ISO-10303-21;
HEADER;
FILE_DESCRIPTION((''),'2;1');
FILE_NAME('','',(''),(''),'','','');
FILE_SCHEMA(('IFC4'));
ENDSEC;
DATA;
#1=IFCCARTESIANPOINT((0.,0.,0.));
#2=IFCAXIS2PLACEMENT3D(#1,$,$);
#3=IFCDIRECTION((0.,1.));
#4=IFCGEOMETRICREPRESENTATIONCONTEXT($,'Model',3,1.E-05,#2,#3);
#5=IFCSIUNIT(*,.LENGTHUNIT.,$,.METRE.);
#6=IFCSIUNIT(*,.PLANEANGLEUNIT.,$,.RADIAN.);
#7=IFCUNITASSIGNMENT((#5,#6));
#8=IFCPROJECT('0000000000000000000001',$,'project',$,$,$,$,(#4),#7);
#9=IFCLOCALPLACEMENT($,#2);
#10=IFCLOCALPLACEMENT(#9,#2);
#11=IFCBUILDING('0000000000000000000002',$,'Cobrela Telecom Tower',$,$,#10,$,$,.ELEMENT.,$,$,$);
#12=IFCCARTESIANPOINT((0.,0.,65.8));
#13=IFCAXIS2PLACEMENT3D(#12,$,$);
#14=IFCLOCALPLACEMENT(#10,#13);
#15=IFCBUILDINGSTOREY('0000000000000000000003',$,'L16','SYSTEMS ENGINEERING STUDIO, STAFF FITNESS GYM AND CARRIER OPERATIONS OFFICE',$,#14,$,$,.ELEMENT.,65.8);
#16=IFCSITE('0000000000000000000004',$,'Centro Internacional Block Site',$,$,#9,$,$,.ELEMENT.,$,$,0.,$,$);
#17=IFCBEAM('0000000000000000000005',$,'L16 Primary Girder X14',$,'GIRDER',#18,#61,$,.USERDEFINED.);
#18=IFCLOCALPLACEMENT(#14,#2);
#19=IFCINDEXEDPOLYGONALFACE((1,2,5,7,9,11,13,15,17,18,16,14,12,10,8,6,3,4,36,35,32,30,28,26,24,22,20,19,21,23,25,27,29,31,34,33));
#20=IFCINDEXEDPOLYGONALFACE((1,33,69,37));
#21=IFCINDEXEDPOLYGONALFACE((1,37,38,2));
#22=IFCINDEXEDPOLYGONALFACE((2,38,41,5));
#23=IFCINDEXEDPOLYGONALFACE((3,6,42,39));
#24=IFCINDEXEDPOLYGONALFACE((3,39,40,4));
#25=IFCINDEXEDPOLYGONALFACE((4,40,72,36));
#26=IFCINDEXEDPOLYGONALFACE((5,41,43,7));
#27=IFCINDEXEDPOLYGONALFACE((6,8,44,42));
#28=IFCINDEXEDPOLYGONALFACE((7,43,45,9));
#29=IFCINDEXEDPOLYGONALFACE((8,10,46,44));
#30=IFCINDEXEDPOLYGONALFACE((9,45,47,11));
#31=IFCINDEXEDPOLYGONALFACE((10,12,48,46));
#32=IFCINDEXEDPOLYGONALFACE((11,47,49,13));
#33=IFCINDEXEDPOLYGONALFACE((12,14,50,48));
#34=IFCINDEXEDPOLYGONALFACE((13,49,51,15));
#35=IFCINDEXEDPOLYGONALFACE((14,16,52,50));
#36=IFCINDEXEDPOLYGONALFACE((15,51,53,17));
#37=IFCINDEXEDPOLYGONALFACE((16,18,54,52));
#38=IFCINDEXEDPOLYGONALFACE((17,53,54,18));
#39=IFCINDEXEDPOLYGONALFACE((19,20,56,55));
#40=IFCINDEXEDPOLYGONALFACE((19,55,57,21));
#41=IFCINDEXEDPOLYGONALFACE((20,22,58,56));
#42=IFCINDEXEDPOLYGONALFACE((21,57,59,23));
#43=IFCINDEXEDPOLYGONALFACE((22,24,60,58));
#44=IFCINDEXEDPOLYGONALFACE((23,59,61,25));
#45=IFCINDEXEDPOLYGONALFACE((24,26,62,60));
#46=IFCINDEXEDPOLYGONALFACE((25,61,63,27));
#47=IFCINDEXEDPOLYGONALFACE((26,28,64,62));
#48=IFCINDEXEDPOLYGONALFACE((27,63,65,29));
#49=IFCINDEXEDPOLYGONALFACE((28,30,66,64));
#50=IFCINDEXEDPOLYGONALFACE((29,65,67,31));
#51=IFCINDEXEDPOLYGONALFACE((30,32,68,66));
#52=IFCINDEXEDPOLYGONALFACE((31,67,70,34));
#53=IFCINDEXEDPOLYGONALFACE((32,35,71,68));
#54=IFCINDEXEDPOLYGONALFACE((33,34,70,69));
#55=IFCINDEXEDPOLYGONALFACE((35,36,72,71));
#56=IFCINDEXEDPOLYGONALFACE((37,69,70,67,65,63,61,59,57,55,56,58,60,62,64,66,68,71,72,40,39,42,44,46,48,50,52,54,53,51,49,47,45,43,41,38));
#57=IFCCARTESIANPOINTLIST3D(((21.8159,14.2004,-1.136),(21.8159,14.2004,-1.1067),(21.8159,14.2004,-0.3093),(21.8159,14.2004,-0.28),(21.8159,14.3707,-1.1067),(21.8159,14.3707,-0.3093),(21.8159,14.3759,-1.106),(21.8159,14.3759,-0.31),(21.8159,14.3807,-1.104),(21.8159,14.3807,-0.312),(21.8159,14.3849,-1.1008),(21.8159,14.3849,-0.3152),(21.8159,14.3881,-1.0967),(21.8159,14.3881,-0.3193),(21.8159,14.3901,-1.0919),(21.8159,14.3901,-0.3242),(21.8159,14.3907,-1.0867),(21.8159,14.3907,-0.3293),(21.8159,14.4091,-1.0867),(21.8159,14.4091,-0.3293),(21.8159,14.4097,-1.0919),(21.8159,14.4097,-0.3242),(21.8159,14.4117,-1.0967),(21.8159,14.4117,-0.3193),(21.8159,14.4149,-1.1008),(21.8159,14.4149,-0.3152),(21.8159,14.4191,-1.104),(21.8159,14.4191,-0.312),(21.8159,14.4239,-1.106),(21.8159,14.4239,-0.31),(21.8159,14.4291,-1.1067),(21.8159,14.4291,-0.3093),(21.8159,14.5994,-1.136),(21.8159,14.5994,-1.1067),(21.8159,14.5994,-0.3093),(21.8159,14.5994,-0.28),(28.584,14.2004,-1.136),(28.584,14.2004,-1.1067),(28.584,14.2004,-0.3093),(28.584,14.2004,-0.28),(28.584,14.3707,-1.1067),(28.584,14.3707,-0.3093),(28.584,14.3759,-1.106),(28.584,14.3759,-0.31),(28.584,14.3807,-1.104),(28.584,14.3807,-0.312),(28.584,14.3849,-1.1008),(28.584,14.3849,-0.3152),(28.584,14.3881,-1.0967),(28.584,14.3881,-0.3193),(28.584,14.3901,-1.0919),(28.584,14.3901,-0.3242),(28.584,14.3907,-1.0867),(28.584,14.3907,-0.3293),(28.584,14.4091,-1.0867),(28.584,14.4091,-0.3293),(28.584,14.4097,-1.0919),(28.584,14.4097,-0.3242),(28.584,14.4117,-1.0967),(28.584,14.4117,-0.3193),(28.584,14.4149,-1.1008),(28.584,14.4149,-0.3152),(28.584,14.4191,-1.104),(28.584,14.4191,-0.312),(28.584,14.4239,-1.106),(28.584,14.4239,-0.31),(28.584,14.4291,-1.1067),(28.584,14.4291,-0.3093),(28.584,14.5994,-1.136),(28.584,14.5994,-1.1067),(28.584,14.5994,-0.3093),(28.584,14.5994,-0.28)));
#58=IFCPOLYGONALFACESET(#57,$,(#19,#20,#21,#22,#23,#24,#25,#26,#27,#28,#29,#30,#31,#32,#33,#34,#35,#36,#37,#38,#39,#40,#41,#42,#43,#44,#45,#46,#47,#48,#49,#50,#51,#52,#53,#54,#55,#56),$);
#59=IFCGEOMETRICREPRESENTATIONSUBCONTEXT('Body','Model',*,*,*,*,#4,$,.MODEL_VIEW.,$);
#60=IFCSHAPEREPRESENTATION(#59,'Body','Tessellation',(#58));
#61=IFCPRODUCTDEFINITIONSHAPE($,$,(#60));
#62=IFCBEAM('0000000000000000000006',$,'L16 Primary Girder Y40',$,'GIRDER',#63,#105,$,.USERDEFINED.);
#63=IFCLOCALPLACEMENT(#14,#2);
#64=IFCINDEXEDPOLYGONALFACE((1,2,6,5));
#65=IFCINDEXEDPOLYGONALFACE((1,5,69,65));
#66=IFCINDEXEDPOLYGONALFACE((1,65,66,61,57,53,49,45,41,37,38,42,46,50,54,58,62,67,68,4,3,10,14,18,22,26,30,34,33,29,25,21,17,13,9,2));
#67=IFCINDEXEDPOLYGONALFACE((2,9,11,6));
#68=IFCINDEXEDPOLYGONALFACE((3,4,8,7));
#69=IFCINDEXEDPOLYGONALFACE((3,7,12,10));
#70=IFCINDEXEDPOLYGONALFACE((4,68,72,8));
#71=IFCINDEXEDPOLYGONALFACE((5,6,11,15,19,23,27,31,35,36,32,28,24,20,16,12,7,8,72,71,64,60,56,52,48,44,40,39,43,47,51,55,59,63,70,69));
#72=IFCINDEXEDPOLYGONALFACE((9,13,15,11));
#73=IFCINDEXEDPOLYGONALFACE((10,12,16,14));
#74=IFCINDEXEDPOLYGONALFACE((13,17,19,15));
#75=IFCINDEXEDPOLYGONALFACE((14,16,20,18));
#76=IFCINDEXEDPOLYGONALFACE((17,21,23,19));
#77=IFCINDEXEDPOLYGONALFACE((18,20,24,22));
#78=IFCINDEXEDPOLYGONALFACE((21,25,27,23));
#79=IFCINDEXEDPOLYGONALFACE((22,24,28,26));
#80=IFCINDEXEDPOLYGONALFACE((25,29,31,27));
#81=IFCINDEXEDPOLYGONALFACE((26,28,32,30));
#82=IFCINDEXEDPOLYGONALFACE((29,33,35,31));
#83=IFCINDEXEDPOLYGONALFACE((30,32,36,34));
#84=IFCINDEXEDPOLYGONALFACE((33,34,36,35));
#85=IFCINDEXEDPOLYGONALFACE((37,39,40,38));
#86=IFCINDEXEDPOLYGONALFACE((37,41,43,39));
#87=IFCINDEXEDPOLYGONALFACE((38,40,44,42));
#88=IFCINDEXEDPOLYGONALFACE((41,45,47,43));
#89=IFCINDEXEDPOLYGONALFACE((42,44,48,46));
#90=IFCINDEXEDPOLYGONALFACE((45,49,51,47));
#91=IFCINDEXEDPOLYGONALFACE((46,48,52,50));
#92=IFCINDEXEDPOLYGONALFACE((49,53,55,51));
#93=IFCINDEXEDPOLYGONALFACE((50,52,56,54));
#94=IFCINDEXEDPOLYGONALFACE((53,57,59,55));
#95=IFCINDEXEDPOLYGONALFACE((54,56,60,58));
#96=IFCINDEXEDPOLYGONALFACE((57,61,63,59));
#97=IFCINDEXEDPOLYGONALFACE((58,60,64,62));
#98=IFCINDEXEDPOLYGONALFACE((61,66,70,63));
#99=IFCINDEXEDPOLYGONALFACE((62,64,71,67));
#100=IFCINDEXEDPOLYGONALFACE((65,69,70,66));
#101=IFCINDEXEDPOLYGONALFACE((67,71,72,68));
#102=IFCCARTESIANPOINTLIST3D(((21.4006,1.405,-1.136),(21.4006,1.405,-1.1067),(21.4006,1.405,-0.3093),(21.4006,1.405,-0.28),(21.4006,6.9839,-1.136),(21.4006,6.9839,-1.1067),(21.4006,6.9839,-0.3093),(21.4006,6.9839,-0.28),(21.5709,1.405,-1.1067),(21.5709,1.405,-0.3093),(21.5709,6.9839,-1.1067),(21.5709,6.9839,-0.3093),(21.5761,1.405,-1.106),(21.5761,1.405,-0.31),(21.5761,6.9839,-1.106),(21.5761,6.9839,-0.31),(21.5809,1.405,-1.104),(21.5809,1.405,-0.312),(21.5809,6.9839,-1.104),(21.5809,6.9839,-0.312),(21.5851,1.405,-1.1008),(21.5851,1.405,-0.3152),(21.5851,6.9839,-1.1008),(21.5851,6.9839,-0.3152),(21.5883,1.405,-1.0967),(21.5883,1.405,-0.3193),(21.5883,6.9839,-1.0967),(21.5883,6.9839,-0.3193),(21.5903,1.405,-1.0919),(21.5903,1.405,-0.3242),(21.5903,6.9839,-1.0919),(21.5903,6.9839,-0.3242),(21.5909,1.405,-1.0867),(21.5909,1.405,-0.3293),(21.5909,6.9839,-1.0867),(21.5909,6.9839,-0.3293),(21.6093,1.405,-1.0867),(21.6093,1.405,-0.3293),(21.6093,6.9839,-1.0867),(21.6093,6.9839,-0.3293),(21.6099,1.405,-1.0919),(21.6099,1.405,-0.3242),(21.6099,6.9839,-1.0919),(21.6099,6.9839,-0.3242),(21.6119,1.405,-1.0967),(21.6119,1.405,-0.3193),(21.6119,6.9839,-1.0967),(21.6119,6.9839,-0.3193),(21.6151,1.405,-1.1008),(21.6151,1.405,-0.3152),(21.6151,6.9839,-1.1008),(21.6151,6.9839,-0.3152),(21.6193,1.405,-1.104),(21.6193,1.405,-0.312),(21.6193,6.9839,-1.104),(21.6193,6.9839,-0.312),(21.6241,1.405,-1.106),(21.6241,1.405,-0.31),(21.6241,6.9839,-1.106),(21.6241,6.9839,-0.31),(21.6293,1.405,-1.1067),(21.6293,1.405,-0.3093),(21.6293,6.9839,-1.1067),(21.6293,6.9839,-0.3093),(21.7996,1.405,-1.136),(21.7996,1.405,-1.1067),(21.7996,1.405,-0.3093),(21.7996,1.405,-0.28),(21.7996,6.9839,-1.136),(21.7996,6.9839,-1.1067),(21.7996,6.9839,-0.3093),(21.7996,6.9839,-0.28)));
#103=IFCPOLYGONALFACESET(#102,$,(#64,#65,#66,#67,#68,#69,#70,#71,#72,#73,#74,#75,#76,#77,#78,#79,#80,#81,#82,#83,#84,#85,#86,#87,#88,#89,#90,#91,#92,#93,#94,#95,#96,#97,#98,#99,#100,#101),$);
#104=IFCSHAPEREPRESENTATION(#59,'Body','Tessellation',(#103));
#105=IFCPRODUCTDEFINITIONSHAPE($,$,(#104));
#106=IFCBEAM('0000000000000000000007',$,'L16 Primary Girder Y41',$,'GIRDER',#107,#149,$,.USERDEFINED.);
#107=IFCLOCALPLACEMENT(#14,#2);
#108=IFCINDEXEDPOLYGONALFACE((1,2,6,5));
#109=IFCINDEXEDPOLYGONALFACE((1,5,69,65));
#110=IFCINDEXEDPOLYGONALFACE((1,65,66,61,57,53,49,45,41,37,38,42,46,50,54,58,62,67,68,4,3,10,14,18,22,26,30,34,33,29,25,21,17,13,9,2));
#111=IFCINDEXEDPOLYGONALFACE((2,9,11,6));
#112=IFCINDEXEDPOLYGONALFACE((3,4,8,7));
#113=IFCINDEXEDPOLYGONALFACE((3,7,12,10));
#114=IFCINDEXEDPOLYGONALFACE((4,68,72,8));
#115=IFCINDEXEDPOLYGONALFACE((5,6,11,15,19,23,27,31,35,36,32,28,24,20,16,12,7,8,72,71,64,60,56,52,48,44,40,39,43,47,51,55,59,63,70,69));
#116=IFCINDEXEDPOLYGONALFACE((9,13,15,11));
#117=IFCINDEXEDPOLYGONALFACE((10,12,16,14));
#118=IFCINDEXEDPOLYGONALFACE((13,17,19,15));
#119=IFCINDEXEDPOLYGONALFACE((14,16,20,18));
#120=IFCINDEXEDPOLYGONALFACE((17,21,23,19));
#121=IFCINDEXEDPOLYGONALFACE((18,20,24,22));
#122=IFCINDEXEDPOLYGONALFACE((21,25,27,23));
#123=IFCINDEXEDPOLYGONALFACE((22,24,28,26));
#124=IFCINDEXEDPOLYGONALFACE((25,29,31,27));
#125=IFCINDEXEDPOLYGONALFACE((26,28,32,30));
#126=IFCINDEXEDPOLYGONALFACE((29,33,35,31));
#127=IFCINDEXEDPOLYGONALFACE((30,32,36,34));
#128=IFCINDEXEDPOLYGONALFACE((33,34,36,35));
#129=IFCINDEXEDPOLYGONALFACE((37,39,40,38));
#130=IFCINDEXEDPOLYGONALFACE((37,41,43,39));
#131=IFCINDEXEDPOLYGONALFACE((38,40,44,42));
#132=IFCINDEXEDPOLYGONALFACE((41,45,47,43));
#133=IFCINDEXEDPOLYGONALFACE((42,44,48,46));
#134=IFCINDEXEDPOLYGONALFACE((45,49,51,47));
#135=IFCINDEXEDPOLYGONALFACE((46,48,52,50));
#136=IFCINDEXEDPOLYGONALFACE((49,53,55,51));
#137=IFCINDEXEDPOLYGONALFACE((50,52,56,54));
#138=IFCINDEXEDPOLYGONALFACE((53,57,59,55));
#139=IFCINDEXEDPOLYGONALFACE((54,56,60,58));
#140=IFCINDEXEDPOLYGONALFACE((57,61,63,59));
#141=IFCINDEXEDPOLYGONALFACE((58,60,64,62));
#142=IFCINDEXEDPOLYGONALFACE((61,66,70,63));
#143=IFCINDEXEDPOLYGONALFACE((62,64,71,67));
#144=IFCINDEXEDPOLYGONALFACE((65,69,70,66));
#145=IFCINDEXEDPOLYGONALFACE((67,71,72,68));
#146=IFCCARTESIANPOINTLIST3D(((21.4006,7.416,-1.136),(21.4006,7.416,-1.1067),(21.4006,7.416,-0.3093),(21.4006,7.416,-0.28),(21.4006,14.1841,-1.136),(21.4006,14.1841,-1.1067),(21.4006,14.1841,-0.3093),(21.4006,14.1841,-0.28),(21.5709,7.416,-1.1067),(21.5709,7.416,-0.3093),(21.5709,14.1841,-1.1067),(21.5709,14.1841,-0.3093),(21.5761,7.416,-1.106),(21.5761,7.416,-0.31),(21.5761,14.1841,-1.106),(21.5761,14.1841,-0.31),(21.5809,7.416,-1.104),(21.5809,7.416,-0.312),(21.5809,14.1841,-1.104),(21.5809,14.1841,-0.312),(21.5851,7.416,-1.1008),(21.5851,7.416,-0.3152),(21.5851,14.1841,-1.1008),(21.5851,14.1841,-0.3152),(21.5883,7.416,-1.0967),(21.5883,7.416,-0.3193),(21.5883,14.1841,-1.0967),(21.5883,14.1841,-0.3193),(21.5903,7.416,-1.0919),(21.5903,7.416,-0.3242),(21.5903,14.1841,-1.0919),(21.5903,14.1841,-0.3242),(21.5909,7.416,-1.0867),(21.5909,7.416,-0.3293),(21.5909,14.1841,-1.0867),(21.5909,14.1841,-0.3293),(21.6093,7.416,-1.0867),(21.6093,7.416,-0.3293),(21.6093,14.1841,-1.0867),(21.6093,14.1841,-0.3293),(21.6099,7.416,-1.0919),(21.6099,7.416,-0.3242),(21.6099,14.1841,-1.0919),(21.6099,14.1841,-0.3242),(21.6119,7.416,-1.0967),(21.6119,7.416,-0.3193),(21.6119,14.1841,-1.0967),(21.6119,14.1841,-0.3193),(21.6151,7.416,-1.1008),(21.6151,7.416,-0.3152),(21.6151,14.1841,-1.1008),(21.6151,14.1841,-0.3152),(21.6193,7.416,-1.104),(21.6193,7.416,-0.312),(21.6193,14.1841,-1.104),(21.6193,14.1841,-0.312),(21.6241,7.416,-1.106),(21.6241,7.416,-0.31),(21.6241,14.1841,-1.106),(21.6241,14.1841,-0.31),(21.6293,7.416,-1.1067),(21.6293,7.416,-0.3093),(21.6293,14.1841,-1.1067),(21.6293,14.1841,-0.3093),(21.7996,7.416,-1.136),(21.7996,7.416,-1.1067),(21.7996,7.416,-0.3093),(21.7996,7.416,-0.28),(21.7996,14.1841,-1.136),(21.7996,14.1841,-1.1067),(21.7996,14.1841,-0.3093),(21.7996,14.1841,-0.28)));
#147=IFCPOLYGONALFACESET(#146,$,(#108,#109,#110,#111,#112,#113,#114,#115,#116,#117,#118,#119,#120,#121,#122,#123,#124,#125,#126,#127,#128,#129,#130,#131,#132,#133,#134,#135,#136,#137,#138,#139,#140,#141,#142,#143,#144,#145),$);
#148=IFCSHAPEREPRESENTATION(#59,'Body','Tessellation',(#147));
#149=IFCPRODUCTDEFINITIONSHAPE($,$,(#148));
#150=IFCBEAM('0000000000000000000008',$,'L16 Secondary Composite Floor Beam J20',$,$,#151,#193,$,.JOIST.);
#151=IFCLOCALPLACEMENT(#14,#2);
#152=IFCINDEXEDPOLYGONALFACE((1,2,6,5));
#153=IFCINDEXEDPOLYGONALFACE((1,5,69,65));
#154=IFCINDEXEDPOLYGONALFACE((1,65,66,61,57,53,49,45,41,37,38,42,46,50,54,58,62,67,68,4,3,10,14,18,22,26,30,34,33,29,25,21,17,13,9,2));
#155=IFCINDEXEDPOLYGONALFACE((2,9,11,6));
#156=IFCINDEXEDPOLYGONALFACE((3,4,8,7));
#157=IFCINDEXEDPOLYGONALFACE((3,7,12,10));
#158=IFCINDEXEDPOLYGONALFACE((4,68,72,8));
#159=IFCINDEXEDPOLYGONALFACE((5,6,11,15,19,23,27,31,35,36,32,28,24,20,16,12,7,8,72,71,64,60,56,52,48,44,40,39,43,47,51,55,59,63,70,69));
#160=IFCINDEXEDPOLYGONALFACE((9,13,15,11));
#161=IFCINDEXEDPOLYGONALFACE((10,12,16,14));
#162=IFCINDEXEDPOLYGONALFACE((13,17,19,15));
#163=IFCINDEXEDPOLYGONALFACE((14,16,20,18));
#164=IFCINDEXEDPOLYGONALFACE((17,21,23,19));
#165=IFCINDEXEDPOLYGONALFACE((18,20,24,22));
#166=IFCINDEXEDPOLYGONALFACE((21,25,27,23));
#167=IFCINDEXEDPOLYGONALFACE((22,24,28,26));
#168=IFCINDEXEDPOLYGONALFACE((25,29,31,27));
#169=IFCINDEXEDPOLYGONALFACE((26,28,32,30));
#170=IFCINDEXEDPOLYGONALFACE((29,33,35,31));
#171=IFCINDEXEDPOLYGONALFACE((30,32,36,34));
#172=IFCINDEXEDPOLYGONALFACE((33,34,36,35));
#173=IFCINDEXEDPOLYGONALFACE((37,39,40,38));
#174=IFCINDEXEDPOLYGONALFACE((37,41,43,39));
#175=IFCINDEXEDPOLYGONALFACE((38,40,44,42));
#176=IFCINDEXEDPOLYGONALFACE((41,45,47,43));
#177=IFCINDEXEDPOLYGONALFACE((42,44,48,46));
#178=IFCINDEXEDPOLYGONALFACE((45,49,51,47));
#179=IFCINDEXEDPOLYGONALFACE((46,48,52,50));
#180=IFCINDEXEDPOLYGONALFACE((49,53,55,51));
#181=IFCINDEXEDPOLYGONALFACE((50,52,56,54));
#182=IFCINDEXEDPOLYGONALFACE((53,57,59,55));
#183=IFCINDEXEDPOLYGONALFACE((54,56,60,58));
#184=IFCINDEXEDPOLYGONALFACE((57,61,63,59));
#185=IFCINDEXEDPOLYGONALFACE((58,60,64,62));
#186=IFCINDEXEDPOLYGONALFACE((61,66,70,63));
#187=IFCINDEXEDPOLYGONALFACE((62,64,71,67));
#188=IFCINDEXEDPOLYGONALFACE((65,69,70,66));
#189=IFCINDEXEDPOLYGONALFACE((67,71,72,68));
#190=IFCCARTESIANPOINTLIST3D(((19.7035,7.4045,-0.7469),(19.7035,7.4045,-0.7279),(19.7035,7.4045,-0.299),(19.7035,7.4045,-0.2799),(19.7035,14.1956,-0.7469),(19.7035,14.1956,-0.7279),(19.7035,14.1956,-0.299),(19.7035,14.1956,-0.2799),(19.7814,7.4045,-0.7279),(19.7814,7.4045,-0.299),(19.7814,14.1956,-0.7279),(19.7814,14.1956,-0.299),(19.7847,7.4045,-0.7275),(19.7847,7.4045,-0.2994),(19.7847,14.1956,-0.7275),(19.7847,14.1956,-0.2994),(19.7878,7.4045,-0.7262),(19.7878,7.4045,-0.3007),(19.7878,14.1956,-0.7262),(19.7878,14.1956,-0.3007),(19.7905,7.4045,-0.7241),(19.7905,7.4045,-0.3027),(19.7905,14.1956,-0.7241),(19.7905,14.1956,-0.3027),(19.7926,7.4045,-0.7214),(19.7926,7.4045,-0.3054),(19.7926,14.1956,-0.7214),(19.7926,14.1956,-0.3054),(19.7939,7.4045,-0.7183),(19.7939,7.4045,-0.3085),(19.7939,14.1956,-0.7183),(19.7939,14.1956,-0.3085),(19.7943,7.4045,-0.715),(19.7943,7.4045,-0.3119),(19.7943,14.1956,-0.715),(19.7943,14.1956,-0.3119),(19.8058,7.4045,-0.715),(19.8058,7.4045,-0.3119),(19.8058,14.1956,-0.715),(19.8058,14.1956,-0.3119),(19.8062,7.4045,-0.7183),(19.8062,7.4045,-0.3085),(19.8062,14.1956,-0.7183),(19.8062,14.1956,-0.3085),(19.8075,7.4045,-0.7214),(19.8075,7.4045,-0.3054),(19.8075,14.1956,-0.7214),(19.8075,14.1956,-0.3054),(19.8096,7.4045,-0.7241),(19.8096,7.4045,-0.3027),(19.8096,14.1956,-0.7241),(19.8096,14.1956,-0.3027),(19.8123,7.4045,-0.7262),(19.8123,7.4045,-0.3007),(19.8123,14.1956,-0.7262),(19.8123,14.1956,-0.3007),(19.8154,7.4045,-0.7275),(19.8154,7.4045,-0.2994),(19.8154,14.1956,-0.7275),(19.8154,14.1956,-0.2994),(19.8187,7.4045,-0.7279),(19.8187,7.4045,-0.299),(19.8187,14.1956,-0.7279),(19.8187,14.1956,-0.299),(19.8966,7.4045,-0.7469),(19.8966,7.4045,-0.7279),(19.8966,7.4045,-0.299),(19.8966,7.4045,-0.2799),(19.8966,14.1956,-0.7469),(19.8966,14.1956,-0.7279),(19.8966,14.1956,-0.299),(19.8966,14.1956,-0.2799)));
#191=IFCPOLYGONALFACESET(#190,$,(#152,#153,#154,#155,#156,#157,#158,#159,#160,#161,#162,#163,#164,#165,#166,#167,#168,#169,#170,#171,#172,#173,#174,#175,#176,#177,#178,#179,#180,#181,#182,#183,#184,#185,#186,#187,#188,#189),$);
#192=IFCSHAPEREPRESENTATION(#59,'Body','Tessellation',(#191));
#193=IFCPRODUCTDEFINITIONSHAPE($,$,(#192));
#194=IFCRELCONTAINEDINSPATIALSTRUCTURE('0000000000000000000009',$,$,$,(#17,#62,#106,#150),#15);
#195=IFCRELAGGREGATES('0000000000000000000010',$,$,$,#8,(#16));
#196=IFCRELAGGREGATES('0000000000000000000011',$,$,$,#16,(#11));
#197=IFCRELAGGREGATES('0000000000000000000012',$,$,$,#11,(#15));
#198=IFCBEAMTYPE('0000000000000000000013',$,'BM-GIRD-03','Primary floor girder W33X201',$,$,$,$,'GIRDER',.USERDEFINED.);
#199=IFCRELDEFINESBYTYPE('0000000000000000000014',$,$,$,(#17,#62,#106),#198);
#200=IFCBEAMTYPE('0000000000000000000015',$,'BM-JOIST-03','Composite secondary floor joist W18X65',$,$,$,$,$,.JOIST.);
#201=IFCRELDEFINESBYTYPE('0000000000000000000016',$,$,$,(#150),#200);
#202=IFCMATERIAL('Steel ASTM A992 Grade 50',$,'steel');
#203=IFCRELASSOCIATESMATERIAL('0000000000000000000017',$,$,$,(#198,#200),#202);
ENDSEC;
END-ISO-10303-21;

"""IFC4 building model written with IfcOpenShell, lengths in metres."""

from ifc_helpers import new_model, si_unit, direction, frame, origin, origin_2d, place, context, subcontext, project, spatial, i_section, extrude, material, material_profile, profile_set, type_object, element, save


model = new_model("IFC4")

# Units and contexts
model_context = context("Model", 3, precision=1e-05, world=origin(), true_north=direction((0.0, 1.0)))
body_context = subcontext(model_context, "Body", "Model", "MODEL_VIEW")
ifc_project = project(units=[si_unit("LENGTHUNIT", "METRE"), si_unit("PLANEANGLEUNIT", "RADIAN")], contexts=[model_context])

# Site, building, storey
site_placement = place(None, origin())
site = spatial("IfcSite", under=ifc_project, at=site_placement, Name="Centro Internacional Block Site", CompositionType="ELEMENT", RefElevation=0.0)
building_placement = place(site_placement, origin())
building = spatial("IfcBuilding", under=site, at=building_placement, Name="Cobrela Telecom Tower", CompositionType="ELEMENT")
storey_placement = place(building_placement, frame((0.0, 0.0, 65.8)))
storey = spatial("IfcBuildingStorey", under=building, at=storey_placement, Name="L16", Description="SYSTEMS ENGINEERING STUDIO, STAFF FITNESS GYM AND CARRIER OPERATIONS OFFICE", CompositionType="ELEMENT", Elevation=65.8)

# Shared definitions
ifc_material_1 = material(Name="Steel ASTM A992 Grade 50", Category="steel")

# Beams
ifc_material_profile_1 = material_profile(ifc_material_1, i_section(OverallWidth=0.3989, OverallDepth=0.856, WebThickness=0.0183, FlangeThickness=0.0293, FilletRadius=0.02, at=origin_2d()), Name="W33X201")
ifc_profile_set_1 = profile_set([ifc_material_profile_1], Name="Steel ASTM A992 Grade 50")
beam_type_1 = type_object("IfcBeamType", Name="BM-GIRD-03", Description="Primary floor girder W33X201", ElementType="GIRDER", PredefinedType="USERDEFINED", material=ifc_profile_set_1)
for number, where, z_axis, x_axis, name in (
    (1, (21.8159, 14.3999, -0.708), (1.0, 0.0, 0.0), (0.0, 1.0, 0.0), "L16 Primary Girder X14"),
):
    element("IfcBeam", number, at=place(storey_placement, frame(where, z_axis=z_axis, x_axis=x_axis)), inside=storey, type_object=beam_type_1, Name=name, ObjectType="GIRDER", PredefinedType="USERDEFINED", context=body_context, shape_type="SweptSolid", body=[
        extrude(i_section(OverallWidth=0.3989, OverallDepth=0.856, WebThickness=0.0183, FlangeThickness=0.0293, FilletRadius=0.02, at=origin_2d()), origin(), (0.0, 0.0, 1.0), 6.7681),
    ])
beam_1_placement = place(storey_placement, frame((21.6001, 1.405, -0.708), z_axis=(0.0, 1.0, 0.0), x_axis=(-1.0, 0.0, 0.0)))
element("IfcBeam", 2, at=beam_1_placement, inside=storey, type_object=beam_type_1, Name="L16 Primary Girder Y40", ObjectType="GIRDER", PredefinedType="USERDEFINED", context=body_context, shape_type="SweptSolid", body=[
    extrude(i_section(OverallWidth=0.3989, OverallDepth=0.856, WebThickness=0.0183, FlangeThickness=0.0293, FilletRadius=0.02, at=origin_2d()), origin(), (0.0, 0.0, 1.0), 5.5789),
])
beam_2_placement = place(storey_placement, frame((21.6001, 7.416, -0.708), z_axis=(0.0, 1.0, 0.0), x_axis=(-1.0, 0.0, 0.0)))
element("IfcBeam", 3, at=beam_2_placement, inside=storey, type_object=beam_type_1, Name="L16 Primary Girder Y41", ObjectType="GIRDER", PredefinedType="USERDEFINED", context=body_context, shape_type="SweptSolid", body=[
    extrude(i_section(OverallWidth=0.3989, OverallDepth=0.856, WebThickness=0.0183, FlangeThickness=0.0293, FilletRadius=0.02, at=origin_2d()), origin(), (0.0, 0.0, 1.0), 6.7681),
])
ifc_material_profile_2 = material_profile(ifc_material_1, i_section(OverallWidth=0.1931, OverallDepth=0.467, WebThickness=0.0115, FlangeThickness=0.019, FilletRadius=0.0129, at=origin_2d()), Name="W18X65")
ifc_profile_set_2 = profile_set([ifc_material_profile_2], Name="Steel ASTM A992 Grade 50")
beam_type_2 = type_object("IfcBeamType", Name="BM-JOIST-03", Description="Composite secondary floor joist W18X65", PredefinedType="JOIST", material=ifc_profile_set_2)
beam_3_placement = place(storey_placement, frame((19.8, 7.4045, -0.5134), z_axis=(0.0, 1.0, 0.0), x_axis=(-1.0, 0.0, 0.0)))
element("IfcBeam", 4, at=beam_3_placement, inside=storey, type_object=beam_type_2, Name="L16 Secondary Composite Floor Beam J20", PredefinedType="JOIST", context=body_context, shape_type="SweptSolid", body=[
    extrude(i_section(OverallWidth=0.1931, OverallDepth=0.467, WebThickness=0.0115, FlangeThickness=0.019, FilletRadius=0.0129, at=origin_2d()), origin(), (0.0, 0.0, 1.0), 6.791),
])

save(model, "model.ifc")
